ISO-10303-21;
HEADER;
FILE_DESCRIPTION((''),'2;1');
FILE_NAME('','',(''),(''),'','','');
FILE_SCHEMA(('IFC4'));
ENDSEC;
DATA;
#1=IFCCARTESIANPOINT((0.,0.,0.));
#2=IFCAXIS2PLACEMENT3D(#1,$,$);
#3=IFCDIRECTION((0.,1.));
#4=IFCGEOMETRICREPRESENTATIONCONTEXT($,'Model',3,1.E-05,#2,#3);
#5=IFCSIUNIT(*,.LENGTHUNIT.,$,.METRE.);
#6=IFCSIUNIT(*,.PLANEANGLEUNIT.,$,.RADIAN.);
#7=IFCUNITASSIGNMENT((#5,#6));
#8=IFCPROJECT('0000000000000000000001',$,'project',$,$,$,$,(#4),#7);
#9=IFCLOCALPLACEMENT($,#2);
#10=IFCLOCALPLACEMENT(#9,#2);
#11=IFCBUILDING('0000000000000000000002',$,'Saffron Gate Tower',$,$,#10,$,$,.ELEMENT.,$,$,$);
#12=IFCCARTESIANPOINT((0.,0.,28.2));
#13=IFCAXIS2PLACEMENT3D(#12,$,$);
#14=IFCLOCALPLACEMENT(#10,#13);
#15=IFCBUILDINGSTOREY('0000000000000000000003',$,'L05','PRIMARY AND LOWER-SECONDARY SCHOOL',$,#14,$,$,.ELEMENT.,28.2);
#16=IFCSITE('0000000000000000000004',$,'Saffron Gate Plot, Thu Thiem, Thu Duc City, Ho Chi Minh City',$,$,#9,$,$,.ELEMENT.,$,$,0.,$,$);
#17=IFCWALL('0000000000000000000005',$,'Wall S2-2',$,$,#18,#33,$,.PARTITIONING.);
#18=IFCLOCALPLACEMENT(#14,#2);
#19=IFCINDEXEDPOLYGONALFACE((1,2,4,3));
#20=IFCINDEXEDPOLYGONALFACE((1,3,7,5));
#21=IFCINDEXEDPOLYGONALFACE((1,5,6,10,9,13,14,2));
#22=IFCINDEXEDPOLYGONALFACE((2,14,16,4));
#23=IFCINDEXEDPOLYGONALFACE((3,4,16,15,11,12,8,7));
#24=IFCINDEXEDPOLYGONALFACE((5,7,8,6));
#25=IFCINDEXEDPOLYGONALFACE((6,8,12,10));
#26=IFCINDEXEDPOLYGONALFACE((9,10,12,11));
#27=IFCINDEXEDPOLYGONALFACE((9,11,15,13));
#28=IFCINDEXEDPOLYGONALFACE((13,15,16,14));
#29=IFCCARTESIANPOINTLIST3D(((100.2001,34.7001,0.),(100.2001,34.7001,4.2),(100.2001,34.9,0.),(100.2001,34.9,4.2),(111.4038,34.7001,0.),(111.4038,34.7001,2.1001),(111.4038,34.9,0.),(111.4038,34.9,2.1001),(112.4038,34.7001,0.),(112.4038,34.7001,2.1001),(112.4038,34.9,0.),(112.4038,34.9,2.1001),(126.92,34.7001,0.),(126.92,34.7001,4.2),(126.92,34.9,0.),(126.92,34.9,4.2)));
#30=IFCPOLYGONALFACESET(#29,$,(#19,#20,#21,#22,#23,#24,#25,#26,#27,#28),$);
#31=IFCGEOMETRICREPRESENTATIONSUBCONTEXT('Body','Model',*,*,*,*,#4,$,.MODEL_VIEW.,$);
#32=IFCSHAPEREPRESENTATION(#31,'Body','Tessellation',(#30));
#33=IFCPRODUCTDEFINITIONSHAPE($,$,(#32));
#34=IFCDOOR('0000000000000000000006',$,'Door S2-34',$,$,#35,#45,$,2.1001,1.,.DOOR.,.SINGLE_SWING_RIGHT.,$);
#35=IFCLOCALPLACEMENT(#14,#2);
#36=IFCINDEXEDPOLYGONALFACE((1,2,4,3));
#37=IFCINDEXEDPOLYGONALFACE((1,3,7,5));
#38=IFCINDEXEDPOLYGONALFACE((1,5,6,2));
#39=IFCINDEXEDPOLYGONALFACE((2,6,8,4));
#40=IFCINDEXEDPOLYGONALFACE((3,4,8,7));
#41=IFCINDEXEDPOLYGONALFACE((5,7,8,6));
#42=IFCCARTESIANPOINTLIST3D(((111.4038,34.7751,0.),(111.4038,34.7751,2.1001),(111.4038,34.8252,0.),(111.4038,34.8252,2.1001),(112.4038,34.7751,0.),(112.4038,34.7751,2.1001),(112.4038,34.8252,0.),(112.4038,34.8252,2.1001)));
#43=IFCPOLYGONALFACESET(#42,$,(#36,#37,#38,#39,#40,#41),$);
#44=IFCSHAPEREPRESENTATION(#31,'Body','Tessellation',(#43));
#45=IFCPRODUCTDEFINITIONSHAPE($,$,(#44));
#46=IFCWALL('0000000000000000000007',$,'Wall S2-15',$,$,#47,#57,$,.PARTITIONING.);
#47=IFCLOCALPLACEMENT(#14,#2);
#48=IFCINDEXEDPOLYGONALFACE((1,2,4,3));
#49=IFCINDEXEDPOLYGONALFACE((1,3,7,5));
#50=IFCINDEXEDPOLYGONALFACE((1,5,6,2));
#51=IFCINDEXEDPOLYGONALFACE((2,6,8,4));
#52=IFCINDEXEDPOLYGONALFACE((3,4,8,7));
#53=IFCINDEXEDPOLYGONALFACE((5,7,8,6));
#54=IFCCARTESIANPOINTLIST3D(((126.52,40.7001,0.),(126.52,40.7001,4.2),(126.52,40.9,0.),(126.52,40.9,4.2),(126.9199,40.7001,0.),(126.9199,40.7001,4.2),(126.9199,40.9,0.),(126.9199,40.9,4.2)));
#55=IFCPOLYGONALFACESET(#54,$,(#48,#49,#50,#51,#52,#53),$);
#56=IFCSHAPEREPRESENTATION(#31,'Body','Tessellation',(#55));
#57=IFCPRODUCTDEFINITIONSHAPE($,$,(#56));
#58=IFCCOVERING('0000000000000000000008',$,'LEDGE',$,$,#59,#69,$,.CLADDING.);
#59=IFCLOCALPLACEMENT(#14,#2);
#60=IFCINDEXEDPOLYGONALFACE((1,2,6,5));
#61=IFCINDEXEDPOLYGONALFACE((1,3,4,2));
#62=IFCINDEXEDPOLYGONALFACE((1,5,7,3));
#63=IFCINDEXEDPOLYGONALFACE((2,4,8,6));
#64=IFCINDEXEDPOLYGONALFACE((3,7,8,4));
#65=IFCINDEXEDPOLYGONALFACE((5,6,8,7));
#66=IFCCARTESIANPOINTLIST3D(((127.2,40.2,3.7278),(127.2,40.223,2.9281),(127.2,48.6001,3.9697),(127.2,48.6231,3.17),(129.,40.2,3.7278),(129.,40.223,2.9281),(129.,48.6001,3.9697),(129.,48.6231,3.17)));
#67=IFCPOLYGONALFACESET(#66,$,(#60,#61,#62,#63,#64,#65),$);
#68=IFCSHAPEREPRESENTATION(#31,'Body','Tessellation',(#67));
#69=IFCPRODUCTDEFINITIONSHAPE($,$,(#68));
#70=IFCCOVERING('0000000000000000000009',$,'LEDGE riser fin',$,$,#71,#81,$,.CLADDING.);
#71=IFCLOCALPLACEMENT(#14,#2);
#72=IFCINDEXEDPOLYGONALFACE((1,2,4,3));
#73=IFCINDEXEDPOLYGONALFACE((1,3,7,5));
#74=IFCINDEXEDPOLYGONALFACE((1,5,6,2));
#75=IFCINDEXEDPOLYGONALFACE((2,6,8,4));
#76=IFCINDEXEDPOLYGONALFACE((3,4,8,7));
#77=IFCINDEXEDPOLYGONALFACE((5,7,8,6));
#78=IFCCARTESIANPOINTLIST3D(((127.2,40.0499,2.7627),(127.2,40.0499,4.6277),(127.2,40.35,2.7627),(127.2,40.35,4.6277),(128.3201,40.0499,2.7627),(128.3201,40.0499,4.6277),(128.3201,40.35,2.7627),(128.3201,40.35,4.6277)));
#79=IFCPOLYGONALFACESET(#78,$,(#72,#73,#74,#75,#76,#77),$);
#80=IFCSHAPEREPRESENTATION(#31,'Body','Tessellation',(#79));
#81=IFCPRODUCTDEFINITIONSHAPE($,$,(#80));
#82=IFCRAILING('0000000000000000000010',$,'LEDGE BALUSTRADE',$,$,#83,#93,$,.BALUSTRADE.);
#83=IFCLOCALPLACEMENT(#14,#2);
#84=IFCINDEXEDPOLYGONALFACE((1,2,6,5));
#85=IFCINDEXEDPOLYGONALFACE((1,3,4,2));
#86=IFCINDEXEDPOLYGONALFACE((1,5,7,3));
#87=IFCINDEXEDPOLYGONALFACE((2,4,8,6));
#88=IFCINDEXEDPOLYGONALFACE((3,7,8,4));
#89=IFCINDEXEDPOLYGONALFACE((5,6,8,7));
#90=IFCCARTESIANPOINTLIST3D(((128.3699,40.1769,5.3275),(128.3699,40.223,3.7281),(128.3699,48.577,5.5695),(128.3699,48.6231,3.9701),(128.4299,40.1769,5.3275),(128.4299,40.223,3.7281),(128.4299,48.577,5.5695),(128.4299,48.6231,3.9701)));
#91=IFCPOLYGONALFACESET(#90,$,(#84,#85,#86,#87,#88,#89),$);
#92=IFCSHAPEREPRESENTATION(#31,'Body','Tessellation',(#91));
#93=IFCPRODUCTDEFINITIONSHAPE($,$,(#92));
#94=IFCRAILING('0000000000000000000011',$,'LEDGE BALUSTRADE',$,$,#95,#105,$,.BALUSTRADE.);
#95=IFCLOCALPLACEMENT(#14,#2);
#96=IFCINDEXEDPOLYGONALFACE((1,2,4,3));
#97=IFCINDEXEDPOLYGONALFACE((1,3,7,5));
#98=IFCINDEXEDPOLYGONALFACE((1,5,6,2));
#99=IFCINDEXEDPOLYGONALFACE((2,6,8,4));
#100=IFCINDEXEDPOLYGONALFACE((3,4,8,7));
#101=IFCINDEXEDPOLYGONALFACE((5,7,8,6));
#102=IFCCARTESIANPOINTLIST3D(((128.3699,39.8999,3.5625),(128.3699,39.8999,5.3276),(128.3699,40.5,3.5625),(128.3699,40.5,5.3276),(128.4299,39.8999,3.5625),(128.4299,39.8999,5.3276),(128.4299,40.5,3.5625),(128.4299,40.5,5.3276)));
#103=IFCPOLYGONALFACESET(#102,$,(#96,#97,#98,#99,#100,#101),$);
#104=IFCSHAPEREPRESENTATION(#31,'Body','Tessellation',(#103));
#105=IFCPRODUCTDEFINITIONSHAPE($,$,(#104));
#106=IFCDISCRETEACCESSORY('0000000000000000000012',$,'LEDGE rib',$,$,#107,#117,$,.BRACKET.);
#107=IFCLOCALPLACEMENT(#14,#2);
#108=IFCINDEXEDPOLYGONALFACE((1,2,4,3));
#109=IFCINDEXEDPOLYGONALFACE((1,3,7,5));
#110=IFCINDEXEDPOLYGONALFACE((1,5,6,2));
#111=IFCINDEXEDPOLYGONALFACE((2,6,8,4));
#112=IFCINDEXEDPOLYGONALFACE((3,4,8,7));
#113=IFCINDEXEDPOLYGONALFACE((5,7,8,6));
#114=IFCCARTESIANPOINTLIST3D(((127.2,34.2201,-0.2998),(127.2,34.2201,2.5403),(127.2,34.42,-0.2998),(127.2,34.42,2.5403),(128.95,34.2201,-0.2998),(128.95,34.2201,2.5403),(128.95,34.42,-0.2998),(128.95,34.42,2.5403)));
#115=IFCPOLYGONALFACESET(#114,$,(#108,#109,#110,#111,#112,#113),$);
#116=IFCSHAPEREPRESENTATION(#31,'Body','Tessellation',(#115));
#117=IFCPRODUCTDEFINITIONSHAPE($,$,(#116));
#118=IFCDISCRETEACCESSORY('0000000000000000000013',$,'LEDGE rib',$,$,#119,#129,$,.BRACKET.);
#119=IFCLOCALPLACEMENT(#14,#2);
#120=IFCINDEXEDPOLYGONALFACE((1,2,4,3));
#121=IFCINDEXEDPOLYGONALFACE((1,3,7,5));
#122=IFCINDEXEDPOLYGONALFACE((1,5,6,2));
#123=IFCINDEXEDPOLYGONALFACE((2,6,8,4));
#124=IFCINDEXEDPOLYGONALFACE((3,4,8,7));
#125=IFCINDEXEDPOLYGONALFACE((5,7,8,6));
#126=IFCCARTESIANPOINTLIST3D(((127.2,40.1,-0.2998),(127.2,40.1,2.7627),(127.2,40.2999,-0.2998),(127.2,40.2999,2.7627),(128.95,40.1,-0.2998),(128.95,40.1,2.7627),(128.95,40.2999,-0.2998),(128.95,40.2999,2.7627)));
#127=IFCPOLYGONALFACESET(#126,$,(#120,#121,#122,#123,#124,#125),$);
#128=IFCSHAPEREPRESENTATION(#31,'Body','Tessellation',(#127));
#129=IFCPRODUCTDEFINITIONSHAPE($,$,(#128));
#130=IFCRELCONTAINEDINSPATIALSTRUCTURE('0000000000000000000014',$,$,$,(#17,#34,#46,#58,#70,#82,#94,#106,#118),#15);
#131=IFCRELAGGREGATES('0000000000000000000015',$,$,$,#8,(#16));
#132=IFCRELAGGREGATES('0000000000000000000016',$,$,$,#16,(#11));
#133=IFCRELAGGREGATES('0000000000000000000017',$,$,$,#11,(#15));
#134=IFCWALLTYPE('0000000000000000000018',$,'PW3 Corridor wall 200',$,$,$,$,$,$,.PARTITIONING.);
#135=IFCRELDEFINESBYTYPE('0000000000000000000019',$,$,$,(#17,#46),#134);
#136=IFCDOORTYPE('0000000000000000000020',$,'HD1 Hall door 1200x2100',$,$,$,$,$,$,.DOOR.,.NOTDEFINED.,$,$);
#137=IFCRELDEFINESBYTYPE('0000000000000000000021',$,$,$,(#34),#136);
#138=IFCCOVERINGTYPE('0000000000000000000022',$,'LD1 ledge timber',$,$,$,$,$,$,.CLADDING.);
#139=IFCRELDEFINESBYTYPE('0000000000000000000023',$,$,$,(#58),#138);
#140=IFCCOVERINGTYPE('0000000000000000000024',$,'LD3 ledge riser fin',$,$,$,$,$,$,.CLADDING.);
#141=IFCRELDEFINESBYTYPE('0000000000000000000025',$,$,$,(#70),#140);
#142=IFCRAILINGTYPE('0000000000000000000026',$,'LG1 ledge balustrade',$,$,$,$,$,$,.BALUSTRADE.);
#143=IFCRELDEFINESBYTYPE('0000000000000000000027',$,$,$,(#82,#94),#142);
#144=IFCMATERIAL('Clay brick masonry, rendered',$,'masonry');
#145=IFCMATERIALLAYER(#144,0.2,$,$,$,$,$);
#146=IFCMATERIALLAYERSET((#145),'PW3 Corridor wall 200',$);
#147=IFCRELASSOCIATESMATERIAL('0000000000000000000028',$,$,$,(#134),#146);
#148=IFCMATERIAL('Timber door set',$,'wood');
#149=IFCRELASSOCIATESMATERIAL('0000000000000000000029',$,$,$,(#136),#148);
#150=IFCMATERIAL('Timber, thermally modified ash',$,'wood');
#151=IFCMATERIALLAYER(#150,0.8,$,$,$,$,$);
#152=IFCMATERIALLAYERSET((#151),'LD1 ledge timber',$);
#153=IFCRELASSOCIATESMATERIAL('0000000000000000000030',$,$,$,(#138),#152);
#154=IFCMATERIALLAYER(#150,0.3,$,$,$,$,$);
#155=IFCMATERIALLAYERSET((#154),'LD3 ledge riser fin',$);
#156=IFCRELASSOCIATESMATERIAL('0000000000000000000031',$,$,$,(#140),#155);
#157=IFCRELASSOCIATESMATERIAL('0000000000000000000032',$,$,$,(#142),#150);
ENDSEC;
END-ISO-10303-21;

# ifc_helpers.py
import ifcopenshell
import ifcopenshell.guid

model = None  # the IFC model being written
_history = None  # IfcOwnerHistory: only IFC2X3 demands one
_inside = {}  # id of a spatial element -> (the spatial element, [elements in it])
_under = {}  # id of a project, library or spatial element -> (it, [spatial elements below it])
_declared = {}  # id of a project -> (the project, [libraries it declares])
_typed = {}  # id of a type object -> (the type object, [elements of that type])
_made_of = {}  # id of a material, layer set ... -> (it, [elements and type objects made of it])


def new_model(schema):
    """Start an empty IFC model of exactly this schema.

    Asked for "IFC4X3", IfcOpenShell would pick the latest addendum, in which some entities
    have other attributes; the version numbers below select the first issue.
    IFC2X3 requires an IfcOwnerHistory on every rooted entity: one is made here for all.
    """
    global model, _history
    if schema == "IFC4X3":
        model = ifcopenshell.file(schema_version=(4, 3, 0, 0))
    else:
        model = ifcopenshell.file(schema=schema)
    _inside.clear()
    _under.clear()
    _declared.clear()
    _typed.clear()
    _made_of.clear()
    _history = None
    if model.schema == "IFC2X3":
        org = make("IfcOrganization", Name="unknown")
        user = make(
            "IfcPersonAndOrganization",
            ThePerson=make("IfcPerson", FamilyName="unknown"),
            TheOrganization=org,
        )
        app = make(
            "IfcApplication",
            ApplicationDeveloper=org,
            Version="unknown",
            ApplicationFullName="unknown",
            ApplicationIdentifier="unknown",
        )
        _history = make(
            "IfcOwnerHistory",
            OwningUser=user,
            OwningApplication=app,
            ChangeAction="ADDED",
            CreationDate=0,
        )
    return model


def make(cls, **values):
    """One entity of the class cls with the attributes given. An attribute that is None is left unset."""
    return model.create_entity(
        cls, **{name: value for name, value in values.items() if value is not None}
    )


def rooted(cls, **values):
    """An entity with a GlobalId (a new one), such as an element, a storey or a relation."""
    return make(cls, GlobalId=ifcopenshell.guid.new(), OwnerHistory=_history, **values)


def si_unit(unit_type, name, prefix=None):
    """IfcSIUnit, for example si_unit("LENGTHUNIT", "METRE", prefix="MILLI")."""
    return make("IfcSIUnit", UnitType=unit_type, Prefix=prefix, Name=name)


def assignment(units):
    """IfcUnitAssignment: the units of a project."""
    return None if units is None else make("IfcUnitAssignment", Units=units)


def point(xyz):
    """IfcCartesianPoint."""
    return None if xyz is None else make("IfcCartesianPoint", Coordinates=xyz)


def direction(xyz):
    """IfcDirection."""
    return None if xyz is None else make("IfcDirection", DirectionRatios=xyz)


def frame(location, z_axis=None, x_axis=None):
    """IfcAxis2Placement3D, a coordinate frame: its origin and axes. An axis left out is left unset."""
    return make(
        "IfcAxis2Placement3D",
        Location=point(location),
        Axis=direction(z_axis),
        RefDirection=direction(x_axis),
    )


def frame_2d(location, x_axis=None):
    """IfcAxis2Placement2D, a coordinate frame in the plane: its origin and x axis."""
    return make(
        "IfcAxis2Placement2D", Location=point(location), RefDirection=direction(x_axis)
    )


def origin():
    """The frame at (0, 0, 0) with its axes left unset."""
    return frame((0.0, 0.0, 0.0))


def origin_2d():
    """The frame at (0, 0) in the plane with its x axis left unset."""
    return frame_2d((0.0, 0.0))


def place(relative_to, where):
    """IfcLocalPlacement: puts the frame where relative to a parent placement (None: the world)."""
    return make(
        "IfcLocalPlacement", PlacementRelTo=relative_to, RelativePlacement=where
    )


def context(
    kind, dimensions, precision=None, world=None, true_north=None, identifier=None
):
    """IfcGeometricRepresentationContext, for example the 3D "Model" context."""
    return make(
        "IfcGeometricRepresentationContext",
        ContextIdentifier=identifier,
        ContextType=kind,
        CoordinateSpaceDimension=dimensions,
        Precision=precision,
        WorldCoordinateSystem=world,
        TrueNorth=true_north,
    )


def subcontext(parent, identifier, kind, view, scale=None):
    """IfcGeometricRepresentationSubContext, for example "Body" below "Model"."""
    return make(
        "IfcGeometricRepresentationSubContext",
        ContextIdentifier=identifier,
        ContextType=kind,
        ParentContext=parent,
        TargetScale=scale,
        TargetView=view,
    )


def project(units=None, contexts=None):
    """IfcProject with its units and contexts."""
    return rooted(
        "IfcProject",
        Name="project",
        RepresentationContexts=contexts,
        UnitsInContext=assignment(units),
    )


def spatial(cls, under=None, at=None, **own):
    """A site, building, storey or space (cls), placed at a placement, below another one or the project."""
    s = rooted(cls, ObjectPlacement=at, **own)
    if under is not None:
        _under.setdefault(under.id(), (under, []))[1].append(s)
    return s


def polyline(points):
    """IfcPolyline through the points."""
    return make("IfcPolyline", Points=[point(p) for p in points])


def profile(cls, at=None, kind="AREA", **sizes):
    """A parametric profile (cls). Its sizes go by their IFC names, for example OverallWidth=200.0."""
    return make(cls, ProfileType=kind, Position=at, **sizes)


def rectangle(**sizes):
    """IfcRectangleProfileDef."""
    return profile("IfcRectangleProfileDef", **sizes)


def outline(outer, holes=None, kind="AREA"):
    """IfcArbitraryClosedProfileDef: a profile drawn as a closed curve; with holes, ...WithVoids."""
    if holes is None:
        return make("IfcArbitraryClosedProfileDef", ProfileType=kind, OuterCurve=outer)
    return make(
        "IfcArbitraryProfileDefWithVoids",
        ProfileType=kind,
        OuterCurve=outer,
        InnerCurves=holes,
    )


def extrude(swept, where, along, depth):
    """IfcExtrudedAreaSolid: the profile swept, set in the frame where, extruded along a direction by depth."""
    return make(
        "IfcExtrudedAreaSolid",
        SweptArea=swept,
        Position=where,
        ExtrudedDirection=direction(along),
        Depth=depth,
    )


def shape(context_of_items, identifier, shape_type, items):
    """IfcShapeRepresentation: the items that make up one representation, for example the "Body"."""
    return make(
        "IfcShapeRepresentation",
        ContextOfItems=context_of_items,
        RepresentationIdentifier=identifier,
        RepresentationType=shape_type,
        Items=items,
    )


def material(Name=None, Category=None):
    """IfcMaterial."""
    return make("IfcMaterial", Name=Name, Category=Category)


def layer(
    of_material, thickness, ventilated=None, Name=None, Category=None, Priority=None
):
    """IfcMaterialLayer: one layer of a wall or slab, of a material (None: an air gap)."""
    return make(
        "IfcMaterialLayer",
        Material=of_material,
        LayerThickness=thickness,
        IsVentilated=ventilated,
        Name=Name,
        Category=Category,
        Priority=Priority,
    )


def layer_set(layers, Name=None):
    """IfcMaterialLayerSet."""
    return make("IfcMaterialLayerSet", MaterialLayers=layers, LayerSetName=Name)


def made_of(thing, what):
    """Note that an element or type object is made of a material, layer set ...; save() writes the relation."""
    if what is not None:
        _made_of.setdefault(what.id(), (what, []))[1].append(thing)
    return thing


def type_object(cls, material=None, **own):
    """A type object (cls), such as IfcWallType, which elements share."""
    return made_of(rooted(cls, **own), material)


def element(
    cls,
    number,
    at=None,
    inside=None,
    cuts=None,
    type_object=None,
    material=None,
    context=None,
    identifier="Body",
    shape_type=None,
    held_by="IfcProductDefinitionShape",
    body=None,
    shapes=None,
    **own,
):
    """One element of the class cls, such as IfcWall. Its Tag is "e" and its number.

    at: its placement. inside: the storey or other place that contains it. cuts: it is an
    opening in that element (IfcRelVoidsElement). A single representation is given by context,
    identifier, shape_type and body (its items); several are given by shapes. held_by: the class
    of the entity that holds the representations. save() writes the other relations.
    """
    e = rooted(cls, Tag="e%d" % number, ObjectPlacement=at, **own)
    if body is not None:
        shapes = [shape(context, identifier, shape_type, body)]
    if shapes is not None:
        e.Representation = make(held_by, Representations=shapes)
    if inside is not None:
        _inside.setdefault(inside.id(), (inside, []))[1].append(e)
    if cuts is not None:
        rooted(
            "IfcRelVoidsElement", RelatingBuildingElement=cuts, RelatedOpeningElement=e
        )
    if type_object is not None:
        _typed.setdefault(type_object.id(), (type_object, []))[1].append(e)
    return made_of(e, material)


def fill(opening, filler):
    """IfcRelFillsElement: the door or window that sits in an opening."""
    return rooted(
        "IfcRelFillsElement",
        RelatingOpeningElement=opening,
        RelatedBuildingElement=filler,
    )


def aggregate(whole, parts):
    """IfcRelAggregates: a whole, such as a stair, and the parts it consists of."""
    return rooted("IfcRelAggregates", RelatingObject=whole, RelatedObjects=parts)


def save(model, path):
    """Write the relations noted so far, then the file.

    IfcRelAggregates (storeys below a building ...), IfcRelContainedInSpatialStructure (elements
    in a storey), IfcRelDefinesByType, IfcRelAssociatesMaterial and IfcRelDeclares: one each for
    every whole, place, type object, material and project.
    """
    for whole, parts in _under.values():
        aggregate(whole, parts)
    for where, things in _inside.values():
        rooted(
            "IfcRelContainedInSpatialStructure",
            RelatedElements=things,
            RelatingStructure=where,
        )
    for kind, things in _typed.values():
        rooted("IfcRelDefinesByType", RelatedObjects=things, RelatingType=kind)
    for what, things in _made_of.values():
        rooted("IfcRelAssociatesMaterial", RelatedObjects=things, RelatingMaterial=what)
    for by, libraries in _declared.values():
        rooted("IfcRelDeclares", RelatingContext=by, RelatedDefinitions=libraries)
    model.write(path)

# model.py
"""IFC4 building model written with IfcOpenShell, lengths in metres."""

from ifc_helpers import new_model, si_unit, direction, frame, frame_2d, origin, origin_2d, place, context, subcontext, project, spatial, polyline, rectangle, outline, extrude, material, layer, layer_set, type_object, element, fill, save


model = new_model("IFC4")

# Units and contexts
model_context = context("Model", 3, precision=1e-05, world=origin(), true_north=direction((0.0, 1.0)))
body_context = subcontext(model_context, "Body", "Model", "MODEL_VIEW")
ifc_project = project(units=[si_unit("LENGTHUNIT", "METRE"), si_unit("PLANEANGLEUNIT", "RADIAN")], contexts=[model_context])

# Site, building, storey
site_placement = place(None, origin())
site = spatial("IfcSite", under=ifc_project, at=site_placement, Name="Saffron Gate Plot, Thu Thiem, Thu Duc City, Ho Chi Minh City", CompositionType="ELEMENT", RefElevation=0.0)
building_placement = place(site_placement, origin())
building = spatial("IfcBuilding", under=site, at=building_placement, Name="Saffron Gate Tower", CompositionType="ELEMENT")
storey_placement = place(building_placement, frame((0.0, 0.0, 28.2)))
storey = spatial("IfcBuildingStorey", under=building, at=storey_placement, Name="L05", Description="PRIMARY AND LOWER-SECONDARY SCHOOL", CompositionType="ELEMENT", Elevation=28.2)

# Wall, opening, door
ifc_material_1 = material(Name="Clay brick masonry, rendered", Category="masonry")
ifc_layer_1 = layer(ifc_material_1, 0.2)
ifc_layer_set_1 = layer_set([ifc_layer_1], Name="PW3 Corridor wall 200")
wall_type = type_object("IfcWallType", Name="PW3 Corridor wall 200", PredefinedType="PARTITIONING", material=ifc_layer_set_1)
wall_1_placement = place(storey_placement, frame((126.9199, 34.8, 0.0), z_axis=(0.0, 0.0, 1.0), x_axis=(-1.0, 0.0, 0.0)))
wall_1 = element("IfcWall", 1, at=wall_1_placement, inside=storey, type_object=wall_type, Name="Wall S2-2", PredefinedType="PARTITIONING", context=body_context, shape_type="SweptSolid", body=[
    extrude(rectangle(XDim=26.72, YDim=0.2, at=frame_2d((13.3599, 0.0))), origin(), (0.0, 0.0, 1.0), 4.2),
])
opening_1_placement = place(wall_1_placement, frame((14.5161, 0.0, 0.0)))
opening_1 = element("IfcOpeningElement", 2, at=opening_1_placement, cuts=wall_1, PredefinedType="OPENING", context=body_context, shape_type="SweptSolid", body=[
    extrude(rectangle(XDim=1.0, YDim=2.1001, at=frame_2d((0.5, 1.05))), frame((0.0, 0.1099, 0.0), z_axis=(0.0, -1.0, 0.0), x_axis=(1.0, 0.0, 0.0)), (0.0, 0.0, 1.0), 0.22),
])
ifc_material_2 = material(Name="Timber door set", Category="wood")
door_type = type_object("IfcDoorType", Name="HD1 Hall door 1200x2100", OperationType="NOTDEFINED", PredefinedType="DOOR", material=ifc_material_2)
door_placement = place(opening_1_placement, origin())
door = element("IfcDoor", 3, at=door_placement, inside=storey, type_object=door_type, Name="Door S2-34", OperationType="SINGLE_SWING_RIGHT", OverallHeight=2.1001, OverallWidth=1.0, PredefinedType="DOOR", context=body_context, shape_type="SweptSolid", body=[
    extrude(rectangle(XDim=1.0, YDim=2.1001, at=frame_2d((0.5, 1.05))), frame((0.0, 0.0249, 0.0), z_axis=(0.0, -1.0, 0.0), x_axis=(1.0, 0.0, 0.0)), (0.0, 0.0, 1.0), 0.05),
])
fill(opening_1, door)

# Wall
wall_2_placement = place(storey_placement, frame((126.52, 40.8, 0.0), z_axis=(0.0, 0.0, 1.0), x_axis=(1.0, 0.0, 0.0)))
element("IfcWall", 4, at=wall_2_placement, inside=storey, type_object=wall_type, Name="Wall S2-15", PredefinedType="PARTITIONING", context=body_context, shape_type="SweptSolid", body=[
    extrude(rectangle(XDim=0.3999, YDim=0.2, at=frame_2d((0.2, 0.0))), origin(), (0.0, 0.0, 1.0), 4.2),
])

# Coverings
ifc_material_3 = material(Name="Timber, thermally modified ash", Category="wood")
ifc_layer_2 = layer(ifc_material_3, 0.8)
ifc_layer_set_2 = layer_set([ifc_layer_2], Name="LD1 ledge timber")
covering_type_1 = type_object("IfcCoveringType", Name="LD1 ledge timber", PredefinedType="CLADDING", material=ifc_layer_set_2)
covering_1_placement = place(storey_placement, frame((127.2, 40.2, 3.7278), z_axis=(0.0, -0.02879, 0.999585), x_axis=(0.0, 0.999585, 0.02879)))
element("IfcCovering", 5, at=covering_1_placement, inside=storey, type_object=covering_type_1, Name="LEDGE", PredefinedType="CLADDING", context=body_context, shape_type="SweptSolid", body=[
    extrude(outline(polyline([(0.0, 0.0), (8.4036, 0.0), (8.4036, -1.8), (0.0, -1.8), (0.0, 0.0)])), origin(), (0.0, 0.0, -1.0), 0.8),
])
ifc_layer_3 = layer(ifc_material_3, 0.3)
ifc_layer_set_3 = layer_set([ifc_layer_3], Name="LD3 ledge riser fin")
covering_type_2 = type_object("IfcCoveringType", Name="LD3 ledge riser fin", PredefinedType="CLADDING", material=ifc_layer_set_3)
covering_2_placement = place(storey_placement, frame((127.76, 40.2, 2.7627), z_axis=(0.0, 0.0, 1.0), x_axis=(0.0, 1.0, 0.0)))
element("IfcCovering", 6, at=covering_2_placement, inside=storey, type_object=covering_type_2, Name="LEDGE riser fin", PredefinedType="CLADDING", context=body_context, shape_type="SweptSolid", body=[
    extrude(rectangle(XDim=0.3, YDim=1.1201, at=origin_2d()), origin(), (0.0, 0.0, 1.0), 1.865),
])

# Railings
railing_type = type_object("IfcRailingType", Name="LG1 ledge balustrade", PredefinedType="BALUSTRADE", material=ifc_material_3)
railing_1_placement = place(storey_placement, frame((128.3999, 40.2, 3.7278)))
element("IfcRailing", 7, at=railing_1_placement, inside=storey, type_object=railing_type, Name="LEDGE BALUSTRADE", PredefinedType="BALUSTRADE", context=body_context, shape_type="SweptSolid", body=[
    extrude(rectangle(XDim=0.0601, YDim=1.6001, at=origin_2d()), frame((0.0, 0.0, 0.8), z_axis=(0.0, 0.999585, 0.02879), x_axis=(-1.0, 0.0, 0.0)), (0.0, 0.0, 1.0), 8.4036),
])
railing_2_placement = place(storey_placement, frame((128.3999, 39.8999, 3.5625)))
element("IfcRailing", 8, at=railing_2_placement, inside=storey, type_object=railing_type, Name="LEDGE BALUSTRADE", PredefinedType="BALUSTRADE", context=body_context, shape_type="SweptSolid", body=[
    extrude(rectangle(XDim=0.0601, YDim=1.7651, at=origin_2d()), frame((0.0, 0.0, 0.8826), z_axis=(0.0, 1.0, 0.0), x_axis=(-1.0, 0.0, 0.0)), (0.0, 0.0, 1.0), 0.6001),
])

# Discrete accessories
discrete_accessory_1_placement = place(storey_placement, frame((128.075, 34.3201, -0.2998), z_axis=(0.0, 0.0, 1.0), x_axis=(0.0, 1.0, 0.0)))
element("IfcDiscreteAccessory", 9, at=discrete_accessory_1_placement, inside=storey, Name="LEDGE rib", PredefinedType="BRACKET", context=body_context, shape_type="SweptSolid", body=[
    extrude(rectangle(XDim=0.2, YDim=1.75, at=origin_2d()), origin(), (0.0, 0.0, 1.0), 2.8401),
])
discrete_accessory_2_placement = place(storey_placement, frame((128.075, 40.2, -0.2998), z_axis=(0.0, 0.0, 1.0), x_axis=(0.0, 1.0, 0.0)))
element("IfcDiscreteAccessory", 10, at=discrete_accessory_2_placement, inside=storey, Name="LEDGE rib", PredefinedType="BRACKET", context=body_context, shape_type="SweptSolid", body=[
    extrude(rectangle(XDim=0.2, YDim=1.75, at=origin_2d()), origin(), (0.0, 0.0, 1.0), 3.0625),
])

save(model, "model.ifc")
